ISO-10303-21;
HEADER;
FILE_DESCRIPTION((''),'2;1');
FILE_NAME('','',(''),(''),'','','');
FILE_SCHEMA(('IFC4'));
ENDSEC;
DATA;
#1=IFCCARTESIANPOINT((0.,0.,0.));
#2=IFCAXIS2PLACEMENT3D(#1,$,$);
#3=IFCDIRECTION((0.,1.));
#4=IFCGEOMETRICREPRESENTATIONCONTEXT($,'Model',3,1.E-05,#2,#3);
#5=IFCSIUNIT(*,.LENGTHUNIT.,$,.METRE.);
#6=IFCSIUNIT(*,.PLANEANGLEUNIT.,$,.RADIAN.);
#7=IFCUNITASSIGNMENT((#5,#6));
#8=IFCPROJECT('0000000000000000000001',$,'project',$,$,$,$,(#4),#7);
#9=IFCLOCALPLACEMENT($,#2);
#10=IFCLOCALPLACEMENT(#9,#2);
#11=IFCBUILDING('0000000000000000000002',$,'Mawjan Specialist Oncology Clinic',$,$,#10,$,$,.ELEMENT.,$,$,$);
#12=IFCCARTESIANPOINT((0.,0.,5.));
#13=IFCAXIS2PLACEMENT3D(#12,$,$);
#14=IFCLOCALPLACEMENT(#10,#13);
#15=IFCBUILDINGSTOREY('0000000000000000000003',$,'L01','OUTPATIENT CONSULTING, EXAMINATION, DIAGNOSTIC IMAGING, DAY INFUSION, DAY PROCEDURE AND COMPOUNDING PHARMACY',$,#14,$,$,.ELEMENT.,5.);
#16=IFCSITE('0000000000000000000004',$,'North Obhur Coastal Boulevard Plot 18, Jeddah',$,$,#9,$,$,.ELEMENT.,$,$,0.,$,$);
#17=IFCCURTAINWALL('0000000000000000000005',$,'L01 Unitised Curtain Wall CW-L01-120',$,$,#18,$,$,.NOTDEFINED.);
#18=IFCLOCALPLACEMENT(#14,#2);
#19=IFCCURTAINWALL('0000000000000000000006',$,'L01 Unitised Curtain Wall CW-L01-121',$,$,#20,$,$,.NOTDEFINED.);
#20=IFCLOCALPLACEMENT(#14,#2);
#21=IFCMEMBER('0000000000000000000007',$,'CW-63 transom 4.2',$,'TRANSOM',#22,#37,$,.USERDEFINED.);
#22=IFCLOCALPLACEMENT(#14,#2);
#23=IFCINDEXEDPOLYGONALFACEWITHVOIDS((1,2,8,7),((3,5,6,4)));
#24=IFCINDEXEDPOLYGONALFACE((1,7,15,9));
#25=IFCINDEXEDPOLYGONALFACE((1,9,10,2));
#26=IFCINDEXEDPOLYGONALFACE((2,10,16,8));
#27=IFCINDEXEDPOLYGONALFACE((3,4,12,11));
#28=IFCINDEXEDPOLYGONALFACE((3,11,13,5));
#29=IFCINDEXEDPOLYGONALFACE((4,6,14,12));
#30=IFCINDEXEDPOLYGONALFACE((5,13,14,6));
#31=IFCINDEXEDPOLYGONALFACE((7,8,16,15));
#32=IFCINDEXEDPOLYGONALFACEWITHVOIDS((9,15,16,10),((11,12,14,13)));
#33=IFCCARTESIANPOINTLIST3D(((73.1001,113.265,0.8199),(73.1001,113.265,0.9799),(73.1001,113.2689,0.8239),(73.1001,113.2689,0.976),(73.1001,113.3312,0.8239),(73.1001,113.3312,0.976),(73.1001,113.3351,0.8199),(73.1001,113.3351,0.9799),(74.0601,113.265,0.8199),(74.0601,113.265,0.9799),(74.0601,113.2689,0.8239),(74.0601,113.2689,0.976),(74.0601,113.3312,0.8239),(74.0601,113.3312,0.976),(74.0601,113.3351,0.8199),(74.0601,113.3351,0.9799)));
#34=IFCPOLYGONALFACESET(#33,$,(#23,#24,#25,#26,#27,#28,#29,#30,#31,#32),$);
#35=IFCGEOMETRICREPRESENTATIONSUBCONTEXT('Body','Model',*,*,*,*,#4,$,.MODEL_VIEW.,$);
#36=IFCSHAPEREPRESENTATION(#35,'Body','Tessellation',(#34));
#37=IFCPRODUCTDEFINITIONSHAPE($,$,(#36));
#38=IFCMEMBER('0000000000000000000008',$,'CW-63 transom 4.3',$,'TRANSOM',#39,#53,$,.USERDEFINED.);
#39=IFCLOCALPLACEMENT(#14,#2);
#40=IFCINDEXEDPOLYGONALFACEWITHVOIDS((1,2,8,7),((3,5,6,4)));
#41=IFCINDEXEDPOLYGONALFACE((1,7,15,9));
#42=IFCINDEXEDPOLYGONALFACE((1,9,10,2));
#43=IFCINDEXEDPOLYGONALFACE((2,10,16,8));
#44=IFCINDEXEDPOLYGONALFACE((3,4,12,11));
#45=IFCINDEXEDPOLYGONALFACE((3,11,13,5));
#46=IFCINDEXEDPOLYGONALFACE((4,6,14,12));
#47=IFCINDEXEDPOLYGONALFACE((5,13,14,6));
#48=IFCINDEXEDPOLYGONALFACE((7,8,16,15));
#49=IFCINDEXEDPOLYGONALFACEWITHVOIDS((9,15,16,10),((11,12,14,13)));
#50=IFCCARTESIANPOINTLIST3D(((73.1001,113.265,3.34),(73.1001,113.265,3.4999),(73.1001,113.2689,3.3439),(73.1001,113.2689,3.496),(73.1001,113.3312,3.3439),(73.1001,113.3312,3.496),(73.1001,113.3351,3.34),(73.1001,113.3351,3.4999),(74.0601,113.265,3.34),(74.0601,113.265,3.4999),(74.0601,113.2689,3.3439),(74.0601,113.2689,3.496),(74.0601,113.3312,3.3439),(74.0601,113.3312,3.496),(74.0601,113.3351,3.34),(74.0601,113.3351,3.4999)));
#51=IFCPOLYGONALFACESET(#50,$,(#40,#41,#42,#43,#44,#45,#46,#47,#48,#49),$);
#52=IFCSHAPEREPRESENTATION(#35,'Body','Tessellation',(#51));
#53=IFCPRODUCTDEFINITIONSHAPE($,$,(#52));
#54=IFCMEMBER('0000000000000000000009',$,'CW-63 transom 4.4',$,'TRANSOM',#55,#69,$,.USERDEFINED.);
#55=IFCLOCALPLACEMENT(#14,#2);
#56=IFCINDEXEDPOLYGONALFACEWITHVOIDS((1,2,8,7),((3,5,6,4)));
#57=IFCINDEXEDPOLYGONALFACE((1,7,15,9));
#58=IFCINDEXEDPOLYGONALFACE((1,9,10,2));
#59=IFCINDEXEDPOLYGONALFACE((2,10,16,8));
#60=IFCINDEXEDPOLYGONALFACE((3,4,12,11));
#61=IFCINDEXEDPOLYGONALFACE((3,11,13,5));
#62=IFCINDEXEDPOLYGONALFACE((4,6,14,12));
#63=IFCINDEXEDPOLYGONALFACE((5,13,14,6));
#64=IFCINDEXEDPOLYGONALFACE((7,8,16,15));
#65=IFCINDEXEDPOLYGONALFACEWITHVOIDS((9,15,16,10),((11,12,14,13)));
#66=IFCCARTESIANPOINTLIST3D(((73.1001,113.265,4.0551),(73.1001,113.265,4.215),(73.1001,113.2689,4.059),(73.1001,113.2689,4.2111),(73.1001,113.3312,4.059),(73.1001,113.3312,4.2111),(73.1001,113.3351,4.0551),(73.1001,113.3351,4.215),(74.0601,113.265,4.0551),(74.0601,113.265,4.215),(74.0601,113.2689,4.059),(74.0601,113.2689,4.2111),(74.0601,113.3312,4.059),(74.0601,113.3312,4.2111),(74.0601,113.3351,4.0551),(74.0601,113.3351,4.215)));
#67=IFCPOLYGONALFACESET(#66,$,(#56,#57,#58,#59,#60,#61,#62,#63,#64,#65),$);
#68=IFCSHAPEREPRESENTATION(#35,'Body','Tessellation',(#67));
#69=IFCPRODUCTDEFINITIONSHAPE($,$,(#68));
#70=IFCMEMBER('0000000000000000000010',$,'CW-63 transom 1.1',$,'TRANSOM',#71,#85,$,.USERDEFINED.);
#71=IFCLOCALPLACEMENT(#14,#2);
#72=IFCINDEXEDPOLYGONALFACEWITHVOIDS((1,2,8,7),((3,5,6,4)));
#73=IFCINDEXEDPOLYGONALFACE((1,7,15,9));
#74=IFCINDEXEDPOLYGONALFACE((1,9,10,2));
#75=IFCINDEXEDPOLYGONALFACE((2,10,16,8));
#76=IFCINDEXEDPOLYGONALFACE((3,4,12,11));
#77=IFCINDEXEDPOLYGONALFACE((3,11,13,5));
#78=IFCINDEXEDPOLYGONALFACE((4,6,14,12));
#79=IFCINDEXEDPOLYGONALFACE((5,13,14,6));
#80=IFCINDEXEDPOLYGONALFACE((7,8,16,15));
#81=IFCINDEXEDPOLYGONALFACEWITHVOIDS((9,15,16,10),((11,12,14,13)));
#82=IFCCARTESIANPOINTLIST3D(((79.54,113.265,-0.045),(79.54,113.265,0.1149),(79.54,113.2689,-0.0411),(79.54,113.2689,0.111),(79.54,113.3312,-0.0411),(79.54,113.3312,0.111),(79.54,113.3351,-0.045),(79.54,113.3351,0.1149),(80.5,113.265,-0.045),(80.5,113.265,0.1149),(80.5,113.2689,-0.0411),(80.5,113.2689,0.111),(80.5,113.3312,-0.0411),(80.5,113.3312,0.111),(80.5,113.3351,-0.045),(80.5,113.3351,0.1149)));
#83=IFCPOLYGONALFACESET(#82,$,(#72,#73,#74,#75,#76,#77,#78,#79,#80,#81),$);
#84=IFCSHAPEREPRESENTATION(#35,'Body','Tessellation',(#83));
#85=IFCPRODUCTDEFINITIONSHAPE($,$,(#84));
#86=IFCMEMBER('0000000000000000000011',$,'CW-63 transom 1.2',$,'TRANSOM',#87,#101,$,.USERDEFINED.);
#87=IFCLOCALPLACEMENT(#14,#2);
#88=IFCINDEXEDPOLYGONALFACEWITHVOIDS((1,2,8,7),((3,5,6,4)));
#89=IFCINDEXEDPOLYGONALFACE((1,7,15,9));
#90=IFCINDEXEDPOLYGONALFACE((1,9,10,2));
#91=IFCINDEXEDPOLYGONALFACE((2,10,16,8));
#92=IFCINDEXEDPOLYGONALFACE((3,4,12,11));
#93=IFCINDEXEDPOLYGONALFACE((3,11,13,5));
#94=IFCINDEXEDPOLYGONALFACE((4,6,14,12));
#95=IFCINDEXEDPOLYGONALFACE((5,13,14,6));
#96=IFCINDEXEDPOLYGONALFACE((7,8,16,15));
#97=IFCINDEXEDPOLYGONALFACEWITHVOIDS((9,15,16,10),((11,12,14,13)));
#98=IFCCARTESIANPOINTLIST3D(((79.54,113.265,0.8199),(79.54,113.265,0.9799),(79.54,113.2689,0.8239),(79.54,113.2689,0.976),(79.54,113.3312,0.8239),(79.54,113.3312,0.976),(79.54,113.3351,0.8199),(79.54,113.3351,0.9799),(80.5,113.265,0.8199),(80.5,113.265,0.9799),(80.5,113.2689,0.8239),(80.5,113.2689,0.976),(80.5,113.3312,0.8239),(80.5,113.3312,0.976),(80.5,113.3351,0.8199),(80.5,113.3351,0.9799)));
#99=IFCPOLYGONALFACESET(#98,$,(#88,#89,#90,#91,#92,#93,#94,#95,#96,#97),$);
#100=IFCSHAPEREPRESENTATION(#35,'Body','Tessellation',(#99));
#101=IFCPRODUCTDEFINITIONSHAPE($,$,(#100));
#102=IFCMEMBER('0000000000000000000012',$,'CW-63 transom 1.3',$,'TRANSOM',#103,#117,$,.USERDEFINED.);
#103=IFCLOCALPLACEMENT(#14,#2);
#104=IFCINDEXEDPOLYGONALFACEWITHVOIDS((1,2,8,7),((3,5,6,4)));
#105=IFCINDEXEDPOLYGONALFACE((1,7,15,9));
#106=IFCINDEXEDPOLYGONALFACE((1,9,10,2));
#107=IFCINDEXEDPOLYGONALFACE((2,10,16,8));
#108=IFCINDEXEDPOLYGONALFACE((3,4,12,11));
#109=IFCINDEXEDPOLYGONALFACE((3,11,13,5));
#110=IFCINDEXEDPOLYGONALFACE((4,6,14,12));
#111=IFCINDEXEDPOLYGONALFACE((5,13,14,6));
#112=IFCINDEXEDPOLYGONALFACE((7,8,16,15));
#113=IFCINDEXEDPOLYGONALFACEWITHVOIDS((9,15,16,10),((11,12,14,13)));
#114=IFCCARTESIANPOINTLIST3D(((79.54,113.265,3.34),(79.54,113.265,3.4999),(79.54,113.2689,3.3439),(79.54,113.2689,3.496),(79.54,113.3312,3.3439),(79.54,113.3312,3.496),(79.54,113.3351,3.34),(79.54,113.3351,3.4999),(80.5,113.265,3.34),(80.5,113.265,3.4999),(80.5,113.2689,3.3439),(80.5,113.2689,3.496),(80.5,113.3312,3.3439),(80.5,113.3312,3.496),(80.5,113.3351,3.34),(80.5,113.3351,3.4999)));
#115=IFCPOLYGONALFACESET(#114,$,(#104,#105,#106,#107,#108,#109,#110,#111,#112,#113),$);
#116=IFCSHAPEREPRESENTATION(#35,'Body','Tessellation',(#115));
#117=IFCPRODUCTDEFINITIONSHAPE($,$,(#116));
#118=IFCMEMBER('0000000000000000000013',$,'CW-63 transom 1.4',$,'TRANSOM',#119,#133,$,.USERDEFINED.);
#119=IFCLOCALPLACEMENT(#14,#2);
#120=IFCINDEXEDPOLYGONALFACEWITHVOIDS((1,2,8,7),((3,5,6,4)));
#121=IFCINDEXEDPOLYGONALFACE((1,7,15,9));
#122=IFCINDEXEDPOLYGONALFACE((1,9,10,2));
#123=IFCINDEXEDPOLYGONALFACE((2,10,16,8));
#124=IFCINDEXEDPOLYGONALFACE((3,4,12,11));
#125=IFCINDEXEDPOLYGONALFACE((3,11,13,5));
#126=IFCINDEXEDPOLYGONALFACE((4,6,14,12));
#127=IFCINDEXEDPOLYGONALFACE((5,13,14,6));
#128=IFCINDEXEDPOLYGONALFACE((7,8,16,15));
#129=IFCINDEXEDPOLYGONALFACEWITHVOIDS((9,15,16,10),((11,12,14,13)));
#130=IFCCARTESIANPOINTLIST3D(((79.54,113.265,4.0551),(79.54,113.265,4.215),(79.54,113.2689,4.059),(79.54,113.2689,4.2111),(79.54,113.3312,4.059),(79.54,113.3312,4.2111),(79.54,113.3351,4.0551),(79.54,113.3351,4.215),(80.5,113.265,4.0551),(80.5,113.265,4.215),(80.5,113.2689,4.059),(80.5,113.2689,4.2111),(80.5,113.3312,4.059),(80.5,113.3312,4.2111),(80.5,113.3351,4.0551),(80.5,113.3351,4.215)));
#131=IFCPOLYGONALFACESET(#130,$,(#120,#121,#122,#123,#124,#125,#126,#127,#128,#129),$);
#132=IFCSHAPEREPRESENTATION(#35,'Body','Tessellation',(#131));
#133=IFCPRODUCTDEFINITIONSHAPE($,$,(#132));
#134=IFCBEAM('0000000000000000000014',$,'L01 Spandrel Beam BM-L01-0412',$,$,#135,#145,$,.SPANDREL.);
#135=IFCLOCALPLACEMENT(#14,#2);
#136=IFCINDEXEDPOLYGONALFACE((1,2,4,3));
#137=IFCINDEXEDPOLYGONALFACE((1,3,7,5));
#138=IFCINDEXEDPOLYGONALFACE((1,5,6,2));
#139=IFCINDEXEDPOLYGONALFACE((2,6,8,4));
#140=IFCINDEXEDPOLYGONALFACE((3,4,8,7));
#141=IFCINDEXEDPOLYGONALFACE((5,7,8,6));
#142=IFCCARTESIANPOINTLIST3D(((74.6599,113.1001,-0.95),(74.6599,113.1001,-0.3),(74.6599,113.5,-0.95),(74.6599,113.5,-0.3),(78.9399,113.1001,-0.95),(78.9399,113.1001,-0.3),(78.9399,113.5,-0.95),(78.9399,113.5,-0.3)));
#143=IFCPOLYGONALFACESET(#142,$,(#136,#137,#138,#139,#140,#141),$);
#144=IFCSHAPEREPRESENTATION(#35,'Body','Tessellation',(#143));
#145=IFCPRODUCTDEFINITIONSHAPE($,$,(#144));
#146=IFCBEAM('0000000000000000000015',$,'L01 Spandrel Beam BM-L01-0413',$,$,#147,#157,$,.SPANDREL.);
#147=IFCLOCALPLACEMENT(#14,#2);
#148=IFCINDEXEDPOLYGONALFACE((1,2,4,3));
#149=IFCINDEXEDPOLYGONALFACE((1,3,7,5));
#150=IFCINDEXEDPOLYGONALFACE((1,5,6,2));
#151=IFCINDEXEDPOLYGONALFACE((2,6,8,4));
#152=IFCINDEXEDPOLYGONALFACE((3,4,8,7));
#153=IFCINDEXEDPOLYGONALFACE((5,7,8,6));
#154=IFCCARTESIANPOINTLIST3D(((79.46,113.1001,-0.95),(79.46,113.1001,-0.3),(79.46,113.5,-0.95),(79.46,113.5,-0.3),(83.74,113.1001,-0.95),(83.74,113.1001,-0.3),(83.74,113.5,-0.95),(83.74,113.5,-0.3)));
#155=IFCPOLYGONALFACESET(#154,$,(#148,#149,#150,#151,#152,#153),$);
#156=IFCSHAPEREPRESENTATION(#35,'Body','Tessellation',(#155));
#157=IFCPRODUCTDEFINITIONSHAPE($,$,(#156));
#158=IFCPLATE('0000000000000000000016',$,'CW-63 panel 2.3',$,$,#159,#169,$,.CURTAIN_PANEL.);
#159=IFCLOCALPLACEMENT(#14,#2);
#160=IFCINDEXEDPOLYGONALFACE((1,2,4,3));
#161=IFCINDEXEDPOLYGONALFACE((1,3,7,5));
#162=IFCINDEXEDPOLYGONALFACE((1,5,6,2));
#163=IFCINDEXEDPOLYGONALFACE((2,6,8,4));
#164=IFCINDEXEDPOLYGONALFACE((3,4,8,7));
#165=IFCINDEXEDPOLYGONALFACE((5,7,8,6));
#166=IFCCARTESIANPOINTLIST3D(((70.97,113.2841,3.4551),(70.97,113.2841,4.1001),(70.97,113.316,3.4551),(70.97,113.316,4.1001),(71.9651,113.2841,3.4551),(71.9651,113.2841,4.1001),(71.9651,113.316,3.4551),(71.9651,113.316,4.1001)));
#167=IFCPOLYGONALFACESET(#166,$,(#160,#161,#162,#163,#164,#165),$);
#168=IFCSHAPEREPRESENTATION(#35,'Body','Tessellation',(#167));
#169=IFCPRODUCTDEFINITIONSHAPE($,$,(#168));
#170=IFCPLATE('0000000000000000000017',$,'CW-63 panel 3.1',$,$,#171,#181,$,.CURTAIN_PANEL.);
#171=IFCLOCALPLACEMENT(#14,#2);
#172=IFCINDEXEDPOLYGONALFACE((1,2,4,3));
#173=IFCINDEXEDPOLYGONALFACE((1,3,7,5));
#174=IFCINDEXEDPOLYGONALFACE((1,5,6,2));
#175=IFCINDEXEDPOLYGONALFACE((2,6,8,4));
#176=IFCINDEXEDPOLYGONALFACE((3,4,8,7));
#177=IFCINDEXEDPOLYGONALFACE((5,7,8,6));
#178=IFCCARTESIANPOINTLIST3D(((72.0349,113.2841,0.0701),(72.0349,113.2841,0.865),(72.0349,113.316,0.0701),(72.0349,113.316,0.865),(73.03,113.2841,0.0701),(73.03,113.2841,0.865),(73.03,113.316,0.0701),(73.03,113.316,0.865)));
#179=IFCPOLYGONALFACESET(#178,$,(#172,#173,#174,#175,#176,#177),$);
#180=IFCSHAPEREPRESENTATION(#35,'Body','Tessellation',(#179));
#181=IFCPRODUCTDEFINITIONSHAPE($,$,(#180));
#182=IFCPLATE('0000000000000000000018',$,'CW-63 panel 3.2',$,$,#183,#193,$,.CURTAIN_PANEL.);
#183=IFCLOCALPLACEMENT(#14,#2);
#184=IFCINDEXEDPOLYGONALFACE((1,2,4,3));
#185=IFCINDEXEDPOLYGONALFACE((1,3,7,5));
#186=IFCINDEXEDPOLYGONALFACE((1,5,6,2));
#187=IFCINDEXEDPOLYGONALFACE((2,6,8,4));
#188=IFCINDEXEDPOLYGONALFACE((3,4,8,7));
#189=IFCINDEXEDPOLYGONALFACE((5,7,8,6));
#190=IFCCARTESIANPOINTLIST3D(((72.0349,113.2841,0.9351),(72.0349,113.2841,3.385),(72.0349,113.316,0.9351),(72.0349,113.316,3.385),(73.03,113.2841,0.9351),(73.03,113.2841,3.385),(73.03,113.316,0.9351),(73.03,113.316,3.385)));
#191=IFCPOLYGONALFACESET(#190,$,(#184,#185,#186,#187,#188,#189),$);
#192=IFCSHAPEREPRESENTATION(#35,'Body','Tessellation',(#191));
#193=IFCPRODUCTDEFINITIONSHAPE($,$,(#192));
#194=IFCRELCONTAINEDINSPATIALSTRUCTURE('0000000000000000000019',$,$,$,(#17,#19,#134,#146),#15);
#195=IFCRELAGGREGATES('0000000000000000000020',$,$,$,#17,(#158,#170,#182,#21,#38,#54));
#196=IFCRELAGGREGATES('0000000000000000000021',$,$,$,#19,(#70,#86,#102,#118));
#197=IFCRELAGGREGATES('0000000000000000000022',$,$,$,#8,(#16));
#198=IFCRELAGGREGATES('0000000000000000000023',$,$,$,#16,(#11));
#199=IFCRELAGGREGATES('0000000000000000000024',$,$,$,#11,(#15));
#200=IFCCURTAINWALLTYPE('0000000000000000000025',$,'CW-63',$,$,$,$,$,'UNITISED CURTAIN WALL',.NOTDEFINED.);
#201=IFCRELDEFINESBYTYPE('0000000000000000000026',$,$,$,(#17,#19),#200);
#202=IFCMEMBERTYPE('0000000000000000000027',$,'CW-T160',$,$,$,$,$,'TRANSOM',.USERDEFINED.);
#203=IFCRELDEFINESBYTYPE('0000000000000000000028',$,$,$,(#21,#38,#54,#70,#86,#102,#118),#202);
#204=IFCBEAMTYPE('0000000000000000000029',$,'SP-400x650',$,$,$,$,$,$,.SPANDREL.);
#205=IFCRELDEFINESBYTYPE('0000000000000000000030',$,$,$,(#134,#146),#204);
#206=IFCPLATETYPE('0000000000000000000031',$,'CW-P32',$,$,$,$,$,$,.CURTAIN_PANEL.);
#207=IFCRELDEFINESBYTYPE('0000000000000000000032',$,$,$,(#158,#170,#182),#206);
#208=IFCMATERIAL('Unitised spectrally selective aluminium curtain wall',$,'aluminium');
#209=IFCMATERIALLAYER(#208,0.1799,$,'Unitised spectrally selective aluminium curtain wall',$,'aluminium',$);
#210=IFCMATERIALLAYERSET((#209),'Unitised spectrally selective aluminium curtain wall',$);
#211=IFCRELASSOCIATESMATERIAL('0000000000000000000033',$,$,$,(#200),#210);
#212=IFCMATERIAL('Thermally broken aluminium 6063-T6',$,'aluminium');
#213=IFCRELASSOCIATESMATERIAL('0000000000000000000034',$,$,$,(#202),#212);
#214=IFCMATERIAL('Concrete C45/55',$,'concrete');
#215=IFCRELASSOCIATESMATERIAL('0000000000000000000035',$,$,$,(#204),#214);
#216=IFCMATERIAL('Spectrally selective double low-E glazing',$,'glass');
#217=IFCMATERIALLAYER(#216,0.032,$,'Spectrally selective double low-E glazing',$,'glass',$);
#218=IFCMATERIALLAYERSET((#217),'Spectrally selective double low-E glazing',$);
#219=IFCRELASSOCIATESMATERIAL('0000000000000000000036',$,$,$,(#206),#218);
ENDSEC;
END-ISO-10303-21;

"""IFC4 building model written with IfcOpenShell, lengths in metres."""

from ifc_helpers import new_model, si_unit, direction, frame, origin, origin_2d, place, context, subcontext, project, spatial, rectangle, hollow_rectangle, extrude, material, layer, layer_set, material_profile, profile_set, type_object, element, aggregate, save


model = new_model("IFC4")

# Units and contexts
model_context = context("Model", 3, precision=1e-05, world=origin(), true_north=direction((0.0, 1.0)))
body_context = subcontext(model_context, "Body", "Model", "MODEL_VIEW")
ifc_project = project(units=[si_unit("LENGTHUNIT", "METRE"), si_unit("PLANEANGLEUNIT", "RADIAN")], contexts=[model_context])

# Site, building, storey
site_placement = place(None, origin())
site = spatial("IfcSite", under=ifc_project, at=site_placement, Name="North Obhur Coastal Boulevard Plot 18, Jeddah", CompositionType="ELEMENT", RefElevation=0.0)
building_placement = place(site_placement, origin())
building = spatial("IfcBuilding", under=site, at=building_placement, Name="Mawjan Specialist Oncology Clinic", CompositionType="ELEMENT")
storey_placement = place(building_placement, frame((0.0, 0.0, 5.0)))
storey = spatial("IfcBuildingStorey", under=building, at=storey_placement, Name="L01", Description="OUTPATIENT CONSULTING, EXAMINATION, DIAGNOSTIC IMAGING, DAY INFUSION, DAY PROCEDURE AND COMPOUNDING PHARMACY", CompositionType="ELEMENT", Elevation=5.0)

# Curtain wall
ifc_material_1 = material(Name="Unitised spectrally selective aluminium curtain wall", Category="aluminium")
ifc_layer_1 = layer(ifc_material_1, 0.1799, Name="Unitised spectrally selective aluminium curtain wall", Category="aluminium")
ifc_layer_set_1 = layer_set([ifc_layer_1], Name="Unitised spectrally selective aluminium curtain wall")
curtain_wall_type = type_object("IfcCurtainWallType", Name="CW-63", ElementType="UNITISED CURTAIN WALL", PredefinedType="NOTDEFINED", material=ifc_layer_set_1)
curtain_wall_1_placement = place(storey_placement, origin())
curtain_wall_1 = element("IfcCurtainWall", 1, at=curtain_wall_1_placement, inside=storey, type_object=curtain_wall_type, Name="L01 Unitised Curtain Wall CW-L01-120", PredefinedType="NOTDEFINED")

# Curtain wall
curtain_wall_2_placement = place(storey_placement, origin())
curtain_wall_2 = element("IfcCurtainWall", 2, at=curtain_wall_2_placement, inside=storey, type_object=curtain_wall_type, Name="L01 Unitised Curtain Wall CW-L01-121", PredefinedType="NOTDEFINED")

# Members
ifc_material_2 = material(Name="Thermally broken aluminium 6063-T6", Category="aluminium")
ifc_material_profile_1 = material_profile(ifc_material_2, hollow_rectangle(XDim=0.0701, YDim=0.1599, WallThickness=0.0039, at=origin_2d()), Name="ALU TRANSOM 160x70x4", Category="aluminium")
ifc_profile_set_1 = profile_set([ifc_material_profile_1], Name="Thermally broken aluminium 6063-T6")
member_type_1 = type_object("IfcMemberType", Name="CW-T160", ElementType="TRANSOM", PredefinedType="USERDEFINED", material=ifc_profile_set_1)
member_1_placement = place(storey_placement, frame((73.1001, 113.3, 0.8999), z_axis=(1.0, 0.0, 0.0), x_axis=(0.0, 1.0, 0.0)))
member_1 = element("IfcMember", 3, at=member_1_placement, type_object=member_type_1, Name="CW-63 transom 4.2", ObjectType="TRANSOM", PredefinedType="USERDEFINED", context=body_context, shape_type="SweptSolid", body=[
    extrude(hollow_rectangle(XDim=0.0701, YDim=0.1599, WallThickness=0.0039, at=origin_2d()), origin(), (0.0, 0.0, 1.0), 0.96),
])
member_2_placement = place(storey_placement, frame((73.1001, 113.3, 3.4199), z_axis=(1.0, 0.0, 0.0), x_axis=(0.0, 1.0, 0.0)))
member_2 = element("IfcMember", 4, at=member_2_placement, type_object=member_type_1, Name="CW-63 transom 4.3", ObjectType="TRANSOM", PredefinedType="USERDEFINED", context=body_context, shape_type="SweptSolid", body=[
    extrude(hollow_rectangle(XDim=0.0701, YDim=0.1599, WallThickness=0.0039, at=origin_2d()), origin(), (0.0, 0.0, 1.0), 0.96),
])
member_3_placement = place(storey_placement, frame((73.1001, 113.3, 4.135), z_axis=(1.0, 0.0, 0.0), x_axis=(0.0, 1.0, 0.0)))
member_3 = element("IfcMember", 5, at=member_3_placement, type_object=member_type_1, Name="CW-63 transom 4.4", ObjectType="TRANSOM", PredefinedType="USERDEFINED", context=body_context, shape_type="SweptSolid", body=[
    extrude(hollow_rectangle(XDim=0.0701, YDim=0.1599, WallThickness=0.0039, at=origin_2d()), origin(), (0.0, 0.0, 1.0), 0.96),
])
member_4_placement = place(storey_placement, frame((79.54, 113.3, 0.0349), z_axis=(1.0, 0.0, 0.0), x_axis=(0.0, 1.0, 0.0)))
member_4 = element("IfcMember", 6, at=member_4_placement, type_object=member_type_1, Name="CW-63 transom 1.1", ObjectType="TRANSOM", PredefinedType="USERDEFINED", context=body_context, shape_type="SweptSolid", body=[
    extrude(hollow_rectangle(XDim=0.0701, YDim=0.1599, WallThickness=0.0039, at=origin_2d()), origin(), (0.0, 0.0, 1.0), 0.96),
])
member_5_placement = place(storey_placement, frame((79.54, 113.3, 0.8999), z_axis=(1.0, 0.0, 0.0), x_axis=(0.0, 1.0, 0.0)))
member_5 = element("IfcMember", 7, at=member_5_placement, type_object=member_type_1, Name="CW-63 transom 1.2", ObjectType="TRANSOM", PredefinedType="USERDEFINED", context=body_context, shape_type="SweptSolid", body=[
    extrude(hollow_rectangle(XDim=0.0701, YDim=0.1599, WallThickness=0.0039, at=origin_2d()), origin(), (0.0, 0.0, 1.0), 0.96),
])
member_6_placement = place(storey_placement, frame((79.54, 113.3, 3.4199), z_axis=(1.0, 0.0, 0.0), x_axis=(0.0, 1.0, 0.0)))
member_6 = element("IfcMember", 8, at=member_6_placement, type_object=member_type_1, Name="CW-63 transom 1.3", ObjectType="TRANSOM", PredefinedType="USERDEFINED", context=body_context, shape_type="SweptSolid", body=[
    extrude(hollow_rectangle(XDim=0.0701, YDim=0.1599, WallThickness=0.0039, at=origin_2d()), origin(), (0.0, 0.0, 1.0), 0.96),
])
member_7_placement = place(storey_placement, frame((79.54, 113.3, 4.135), z_axis=(1.0, 0.0, 0.0), x_axis=(0.0, 1.0, 0.0)))
member_7 = element("IfcMember", 9, at=member_7_placement, type_object=member_type_1, Name="CW-63 transom 1.4", ObjectType="TRANSOM", PredefinedType="USERDEFINED", context=body_context, shape_type="SweptSolid", body=[
    extrude(hollow_rectangle(XDim=0.0701, YDim=0.1599, WallThickness=0.0039, at=origin_2d()), origin(), (0.0, 0.0, 1.0), 0.96),
])

# Beams
ifc_material_3 = material(Name="Concrete C45/55", Category="concrete")
ifc_material_profile_2 = material_profile(ifc_material_3, rectangle(XDim=0.3999, YDim=0.6499, at=origin_2d()), Name="RC BM 400x650", Category="concrete")
ifc_profile_set_2 = profile_set([ifc_material_profile_2], Name="Concrete C45/55")
beam_type = type_object("IfcBeamType", Name="SP-400x650", PredefinedType="SPANDREL", material=ifc_profile_set_2)
for number, where, z_axis, x_axis, name in (
    (10, (74.6599, 113.3, -0.625), (1.0, 0.0, 0.0), (0.0, 1.0, 0.0), "L01 Spandrel Beam BM-L01-0412"),
    (11, (79.46, 113.3, -0.625), (1.0, 0.0, 0.0), (0.0, 1.0, 0.0), "L01 Spandrel Beam BM-L01-0413"),
):
    element("IfcBeam", number, at=place(storey_placement, frame(where, z_axis=z_axis, x_axis=x_axis)), inside=storey, type_object=beam_type, Name=name, PredefinedType="SPANDREL", context=body_context, shape_type="SweptSolid", body=[
        extrude(rectangle(XDim=0.3999, YDim=0.6499, at=origin_2d()), origin(), (0.0, 0.0, 1.0), 4.28),
    ])

# Plates
ifc_material_4 = material(Name="Spectrally selective double low-E glazing", Category="glass")
ifc_layer_2 = layer(ifc_material_4, 0.032, Name="Spectrally selective double low-E glazing", Category="glass")
ifc_layer_set_2 = layer_set([ifc_layer_2], Name="Spectrally selective double low-E glazing")
plate_type = type_object("IfcPlateType", Name="CW-P32", PredefinedType="CURTAIN_PANEL", material=ifc_layer_set_2)
plate_1_placement = place(storey_placement, frame((71.4675, 113.3, 3.4551), z_axis=(0.0, 0.0, 1.0), x_axis=(1.0, 0.0, 0.0)))
plate_1 = element("IfcPlate", 12, at=plate_1_placement, type_object=plate_type, Name="CW-63 panel 2.3", PredefinedType="CURTAIN_PANEL", context=body_context, shape_type="SweptSolid", body=[
    extrude(rectangle(XDim=0.9951, YDim=0.032, at=origin_2d()), origin(), (0.0, 0.0, 1.0), 0.645),
])
plate_2_placement = place(storey_placement, frame((72.5325, 113.3, 0.0701), z_axis=(0.0, 0.0, 1.0), x_axis=(1.0, 0.0, 0.0)))
plate_2 = element("IfcPlate", 13, at=plate_2_placement, type_object=plate_type, Name="CW-63 panel 3.1", PredefinedType="CURTAIN_PANEL", context=body_context, shape_type="SweptSolid", body=[
    extrude(rectangle(XDim=0.9951, YDim=0.032, at=origin_2d()), origin(), (0.0, 0.0, 1.0), 0.7949),
])
plate_3_placement = place(storey_placement, frame((72.5325, 113.3, 0.9351), z_axis=(0.0, 0.0, 1.0), x_axis=(1.0, 0.0, 0.0)))
plate_3 = element("IfcPlate", 14, at=plate_3_placement, type_object=plate_type, Name="CW-63 panel 3.2", PredefinedType="CURTAIN_PANEL", context=body_context, shape_type="SweptSolid", body=[
    extrude(rectangle(XDim=0.9951, YDim=0.032, at=origin_2d()), origin(), (0.0, 0.0, 1.0), 2.45),
])
aggregate(curtain_wall_1, [plate_1, plate_2, plate_3, member_1, member_2, member_3])
aggregate(curtain_wall_2, [member_4, member_5, member_6, member_7])

save(model, "model.ifc")
